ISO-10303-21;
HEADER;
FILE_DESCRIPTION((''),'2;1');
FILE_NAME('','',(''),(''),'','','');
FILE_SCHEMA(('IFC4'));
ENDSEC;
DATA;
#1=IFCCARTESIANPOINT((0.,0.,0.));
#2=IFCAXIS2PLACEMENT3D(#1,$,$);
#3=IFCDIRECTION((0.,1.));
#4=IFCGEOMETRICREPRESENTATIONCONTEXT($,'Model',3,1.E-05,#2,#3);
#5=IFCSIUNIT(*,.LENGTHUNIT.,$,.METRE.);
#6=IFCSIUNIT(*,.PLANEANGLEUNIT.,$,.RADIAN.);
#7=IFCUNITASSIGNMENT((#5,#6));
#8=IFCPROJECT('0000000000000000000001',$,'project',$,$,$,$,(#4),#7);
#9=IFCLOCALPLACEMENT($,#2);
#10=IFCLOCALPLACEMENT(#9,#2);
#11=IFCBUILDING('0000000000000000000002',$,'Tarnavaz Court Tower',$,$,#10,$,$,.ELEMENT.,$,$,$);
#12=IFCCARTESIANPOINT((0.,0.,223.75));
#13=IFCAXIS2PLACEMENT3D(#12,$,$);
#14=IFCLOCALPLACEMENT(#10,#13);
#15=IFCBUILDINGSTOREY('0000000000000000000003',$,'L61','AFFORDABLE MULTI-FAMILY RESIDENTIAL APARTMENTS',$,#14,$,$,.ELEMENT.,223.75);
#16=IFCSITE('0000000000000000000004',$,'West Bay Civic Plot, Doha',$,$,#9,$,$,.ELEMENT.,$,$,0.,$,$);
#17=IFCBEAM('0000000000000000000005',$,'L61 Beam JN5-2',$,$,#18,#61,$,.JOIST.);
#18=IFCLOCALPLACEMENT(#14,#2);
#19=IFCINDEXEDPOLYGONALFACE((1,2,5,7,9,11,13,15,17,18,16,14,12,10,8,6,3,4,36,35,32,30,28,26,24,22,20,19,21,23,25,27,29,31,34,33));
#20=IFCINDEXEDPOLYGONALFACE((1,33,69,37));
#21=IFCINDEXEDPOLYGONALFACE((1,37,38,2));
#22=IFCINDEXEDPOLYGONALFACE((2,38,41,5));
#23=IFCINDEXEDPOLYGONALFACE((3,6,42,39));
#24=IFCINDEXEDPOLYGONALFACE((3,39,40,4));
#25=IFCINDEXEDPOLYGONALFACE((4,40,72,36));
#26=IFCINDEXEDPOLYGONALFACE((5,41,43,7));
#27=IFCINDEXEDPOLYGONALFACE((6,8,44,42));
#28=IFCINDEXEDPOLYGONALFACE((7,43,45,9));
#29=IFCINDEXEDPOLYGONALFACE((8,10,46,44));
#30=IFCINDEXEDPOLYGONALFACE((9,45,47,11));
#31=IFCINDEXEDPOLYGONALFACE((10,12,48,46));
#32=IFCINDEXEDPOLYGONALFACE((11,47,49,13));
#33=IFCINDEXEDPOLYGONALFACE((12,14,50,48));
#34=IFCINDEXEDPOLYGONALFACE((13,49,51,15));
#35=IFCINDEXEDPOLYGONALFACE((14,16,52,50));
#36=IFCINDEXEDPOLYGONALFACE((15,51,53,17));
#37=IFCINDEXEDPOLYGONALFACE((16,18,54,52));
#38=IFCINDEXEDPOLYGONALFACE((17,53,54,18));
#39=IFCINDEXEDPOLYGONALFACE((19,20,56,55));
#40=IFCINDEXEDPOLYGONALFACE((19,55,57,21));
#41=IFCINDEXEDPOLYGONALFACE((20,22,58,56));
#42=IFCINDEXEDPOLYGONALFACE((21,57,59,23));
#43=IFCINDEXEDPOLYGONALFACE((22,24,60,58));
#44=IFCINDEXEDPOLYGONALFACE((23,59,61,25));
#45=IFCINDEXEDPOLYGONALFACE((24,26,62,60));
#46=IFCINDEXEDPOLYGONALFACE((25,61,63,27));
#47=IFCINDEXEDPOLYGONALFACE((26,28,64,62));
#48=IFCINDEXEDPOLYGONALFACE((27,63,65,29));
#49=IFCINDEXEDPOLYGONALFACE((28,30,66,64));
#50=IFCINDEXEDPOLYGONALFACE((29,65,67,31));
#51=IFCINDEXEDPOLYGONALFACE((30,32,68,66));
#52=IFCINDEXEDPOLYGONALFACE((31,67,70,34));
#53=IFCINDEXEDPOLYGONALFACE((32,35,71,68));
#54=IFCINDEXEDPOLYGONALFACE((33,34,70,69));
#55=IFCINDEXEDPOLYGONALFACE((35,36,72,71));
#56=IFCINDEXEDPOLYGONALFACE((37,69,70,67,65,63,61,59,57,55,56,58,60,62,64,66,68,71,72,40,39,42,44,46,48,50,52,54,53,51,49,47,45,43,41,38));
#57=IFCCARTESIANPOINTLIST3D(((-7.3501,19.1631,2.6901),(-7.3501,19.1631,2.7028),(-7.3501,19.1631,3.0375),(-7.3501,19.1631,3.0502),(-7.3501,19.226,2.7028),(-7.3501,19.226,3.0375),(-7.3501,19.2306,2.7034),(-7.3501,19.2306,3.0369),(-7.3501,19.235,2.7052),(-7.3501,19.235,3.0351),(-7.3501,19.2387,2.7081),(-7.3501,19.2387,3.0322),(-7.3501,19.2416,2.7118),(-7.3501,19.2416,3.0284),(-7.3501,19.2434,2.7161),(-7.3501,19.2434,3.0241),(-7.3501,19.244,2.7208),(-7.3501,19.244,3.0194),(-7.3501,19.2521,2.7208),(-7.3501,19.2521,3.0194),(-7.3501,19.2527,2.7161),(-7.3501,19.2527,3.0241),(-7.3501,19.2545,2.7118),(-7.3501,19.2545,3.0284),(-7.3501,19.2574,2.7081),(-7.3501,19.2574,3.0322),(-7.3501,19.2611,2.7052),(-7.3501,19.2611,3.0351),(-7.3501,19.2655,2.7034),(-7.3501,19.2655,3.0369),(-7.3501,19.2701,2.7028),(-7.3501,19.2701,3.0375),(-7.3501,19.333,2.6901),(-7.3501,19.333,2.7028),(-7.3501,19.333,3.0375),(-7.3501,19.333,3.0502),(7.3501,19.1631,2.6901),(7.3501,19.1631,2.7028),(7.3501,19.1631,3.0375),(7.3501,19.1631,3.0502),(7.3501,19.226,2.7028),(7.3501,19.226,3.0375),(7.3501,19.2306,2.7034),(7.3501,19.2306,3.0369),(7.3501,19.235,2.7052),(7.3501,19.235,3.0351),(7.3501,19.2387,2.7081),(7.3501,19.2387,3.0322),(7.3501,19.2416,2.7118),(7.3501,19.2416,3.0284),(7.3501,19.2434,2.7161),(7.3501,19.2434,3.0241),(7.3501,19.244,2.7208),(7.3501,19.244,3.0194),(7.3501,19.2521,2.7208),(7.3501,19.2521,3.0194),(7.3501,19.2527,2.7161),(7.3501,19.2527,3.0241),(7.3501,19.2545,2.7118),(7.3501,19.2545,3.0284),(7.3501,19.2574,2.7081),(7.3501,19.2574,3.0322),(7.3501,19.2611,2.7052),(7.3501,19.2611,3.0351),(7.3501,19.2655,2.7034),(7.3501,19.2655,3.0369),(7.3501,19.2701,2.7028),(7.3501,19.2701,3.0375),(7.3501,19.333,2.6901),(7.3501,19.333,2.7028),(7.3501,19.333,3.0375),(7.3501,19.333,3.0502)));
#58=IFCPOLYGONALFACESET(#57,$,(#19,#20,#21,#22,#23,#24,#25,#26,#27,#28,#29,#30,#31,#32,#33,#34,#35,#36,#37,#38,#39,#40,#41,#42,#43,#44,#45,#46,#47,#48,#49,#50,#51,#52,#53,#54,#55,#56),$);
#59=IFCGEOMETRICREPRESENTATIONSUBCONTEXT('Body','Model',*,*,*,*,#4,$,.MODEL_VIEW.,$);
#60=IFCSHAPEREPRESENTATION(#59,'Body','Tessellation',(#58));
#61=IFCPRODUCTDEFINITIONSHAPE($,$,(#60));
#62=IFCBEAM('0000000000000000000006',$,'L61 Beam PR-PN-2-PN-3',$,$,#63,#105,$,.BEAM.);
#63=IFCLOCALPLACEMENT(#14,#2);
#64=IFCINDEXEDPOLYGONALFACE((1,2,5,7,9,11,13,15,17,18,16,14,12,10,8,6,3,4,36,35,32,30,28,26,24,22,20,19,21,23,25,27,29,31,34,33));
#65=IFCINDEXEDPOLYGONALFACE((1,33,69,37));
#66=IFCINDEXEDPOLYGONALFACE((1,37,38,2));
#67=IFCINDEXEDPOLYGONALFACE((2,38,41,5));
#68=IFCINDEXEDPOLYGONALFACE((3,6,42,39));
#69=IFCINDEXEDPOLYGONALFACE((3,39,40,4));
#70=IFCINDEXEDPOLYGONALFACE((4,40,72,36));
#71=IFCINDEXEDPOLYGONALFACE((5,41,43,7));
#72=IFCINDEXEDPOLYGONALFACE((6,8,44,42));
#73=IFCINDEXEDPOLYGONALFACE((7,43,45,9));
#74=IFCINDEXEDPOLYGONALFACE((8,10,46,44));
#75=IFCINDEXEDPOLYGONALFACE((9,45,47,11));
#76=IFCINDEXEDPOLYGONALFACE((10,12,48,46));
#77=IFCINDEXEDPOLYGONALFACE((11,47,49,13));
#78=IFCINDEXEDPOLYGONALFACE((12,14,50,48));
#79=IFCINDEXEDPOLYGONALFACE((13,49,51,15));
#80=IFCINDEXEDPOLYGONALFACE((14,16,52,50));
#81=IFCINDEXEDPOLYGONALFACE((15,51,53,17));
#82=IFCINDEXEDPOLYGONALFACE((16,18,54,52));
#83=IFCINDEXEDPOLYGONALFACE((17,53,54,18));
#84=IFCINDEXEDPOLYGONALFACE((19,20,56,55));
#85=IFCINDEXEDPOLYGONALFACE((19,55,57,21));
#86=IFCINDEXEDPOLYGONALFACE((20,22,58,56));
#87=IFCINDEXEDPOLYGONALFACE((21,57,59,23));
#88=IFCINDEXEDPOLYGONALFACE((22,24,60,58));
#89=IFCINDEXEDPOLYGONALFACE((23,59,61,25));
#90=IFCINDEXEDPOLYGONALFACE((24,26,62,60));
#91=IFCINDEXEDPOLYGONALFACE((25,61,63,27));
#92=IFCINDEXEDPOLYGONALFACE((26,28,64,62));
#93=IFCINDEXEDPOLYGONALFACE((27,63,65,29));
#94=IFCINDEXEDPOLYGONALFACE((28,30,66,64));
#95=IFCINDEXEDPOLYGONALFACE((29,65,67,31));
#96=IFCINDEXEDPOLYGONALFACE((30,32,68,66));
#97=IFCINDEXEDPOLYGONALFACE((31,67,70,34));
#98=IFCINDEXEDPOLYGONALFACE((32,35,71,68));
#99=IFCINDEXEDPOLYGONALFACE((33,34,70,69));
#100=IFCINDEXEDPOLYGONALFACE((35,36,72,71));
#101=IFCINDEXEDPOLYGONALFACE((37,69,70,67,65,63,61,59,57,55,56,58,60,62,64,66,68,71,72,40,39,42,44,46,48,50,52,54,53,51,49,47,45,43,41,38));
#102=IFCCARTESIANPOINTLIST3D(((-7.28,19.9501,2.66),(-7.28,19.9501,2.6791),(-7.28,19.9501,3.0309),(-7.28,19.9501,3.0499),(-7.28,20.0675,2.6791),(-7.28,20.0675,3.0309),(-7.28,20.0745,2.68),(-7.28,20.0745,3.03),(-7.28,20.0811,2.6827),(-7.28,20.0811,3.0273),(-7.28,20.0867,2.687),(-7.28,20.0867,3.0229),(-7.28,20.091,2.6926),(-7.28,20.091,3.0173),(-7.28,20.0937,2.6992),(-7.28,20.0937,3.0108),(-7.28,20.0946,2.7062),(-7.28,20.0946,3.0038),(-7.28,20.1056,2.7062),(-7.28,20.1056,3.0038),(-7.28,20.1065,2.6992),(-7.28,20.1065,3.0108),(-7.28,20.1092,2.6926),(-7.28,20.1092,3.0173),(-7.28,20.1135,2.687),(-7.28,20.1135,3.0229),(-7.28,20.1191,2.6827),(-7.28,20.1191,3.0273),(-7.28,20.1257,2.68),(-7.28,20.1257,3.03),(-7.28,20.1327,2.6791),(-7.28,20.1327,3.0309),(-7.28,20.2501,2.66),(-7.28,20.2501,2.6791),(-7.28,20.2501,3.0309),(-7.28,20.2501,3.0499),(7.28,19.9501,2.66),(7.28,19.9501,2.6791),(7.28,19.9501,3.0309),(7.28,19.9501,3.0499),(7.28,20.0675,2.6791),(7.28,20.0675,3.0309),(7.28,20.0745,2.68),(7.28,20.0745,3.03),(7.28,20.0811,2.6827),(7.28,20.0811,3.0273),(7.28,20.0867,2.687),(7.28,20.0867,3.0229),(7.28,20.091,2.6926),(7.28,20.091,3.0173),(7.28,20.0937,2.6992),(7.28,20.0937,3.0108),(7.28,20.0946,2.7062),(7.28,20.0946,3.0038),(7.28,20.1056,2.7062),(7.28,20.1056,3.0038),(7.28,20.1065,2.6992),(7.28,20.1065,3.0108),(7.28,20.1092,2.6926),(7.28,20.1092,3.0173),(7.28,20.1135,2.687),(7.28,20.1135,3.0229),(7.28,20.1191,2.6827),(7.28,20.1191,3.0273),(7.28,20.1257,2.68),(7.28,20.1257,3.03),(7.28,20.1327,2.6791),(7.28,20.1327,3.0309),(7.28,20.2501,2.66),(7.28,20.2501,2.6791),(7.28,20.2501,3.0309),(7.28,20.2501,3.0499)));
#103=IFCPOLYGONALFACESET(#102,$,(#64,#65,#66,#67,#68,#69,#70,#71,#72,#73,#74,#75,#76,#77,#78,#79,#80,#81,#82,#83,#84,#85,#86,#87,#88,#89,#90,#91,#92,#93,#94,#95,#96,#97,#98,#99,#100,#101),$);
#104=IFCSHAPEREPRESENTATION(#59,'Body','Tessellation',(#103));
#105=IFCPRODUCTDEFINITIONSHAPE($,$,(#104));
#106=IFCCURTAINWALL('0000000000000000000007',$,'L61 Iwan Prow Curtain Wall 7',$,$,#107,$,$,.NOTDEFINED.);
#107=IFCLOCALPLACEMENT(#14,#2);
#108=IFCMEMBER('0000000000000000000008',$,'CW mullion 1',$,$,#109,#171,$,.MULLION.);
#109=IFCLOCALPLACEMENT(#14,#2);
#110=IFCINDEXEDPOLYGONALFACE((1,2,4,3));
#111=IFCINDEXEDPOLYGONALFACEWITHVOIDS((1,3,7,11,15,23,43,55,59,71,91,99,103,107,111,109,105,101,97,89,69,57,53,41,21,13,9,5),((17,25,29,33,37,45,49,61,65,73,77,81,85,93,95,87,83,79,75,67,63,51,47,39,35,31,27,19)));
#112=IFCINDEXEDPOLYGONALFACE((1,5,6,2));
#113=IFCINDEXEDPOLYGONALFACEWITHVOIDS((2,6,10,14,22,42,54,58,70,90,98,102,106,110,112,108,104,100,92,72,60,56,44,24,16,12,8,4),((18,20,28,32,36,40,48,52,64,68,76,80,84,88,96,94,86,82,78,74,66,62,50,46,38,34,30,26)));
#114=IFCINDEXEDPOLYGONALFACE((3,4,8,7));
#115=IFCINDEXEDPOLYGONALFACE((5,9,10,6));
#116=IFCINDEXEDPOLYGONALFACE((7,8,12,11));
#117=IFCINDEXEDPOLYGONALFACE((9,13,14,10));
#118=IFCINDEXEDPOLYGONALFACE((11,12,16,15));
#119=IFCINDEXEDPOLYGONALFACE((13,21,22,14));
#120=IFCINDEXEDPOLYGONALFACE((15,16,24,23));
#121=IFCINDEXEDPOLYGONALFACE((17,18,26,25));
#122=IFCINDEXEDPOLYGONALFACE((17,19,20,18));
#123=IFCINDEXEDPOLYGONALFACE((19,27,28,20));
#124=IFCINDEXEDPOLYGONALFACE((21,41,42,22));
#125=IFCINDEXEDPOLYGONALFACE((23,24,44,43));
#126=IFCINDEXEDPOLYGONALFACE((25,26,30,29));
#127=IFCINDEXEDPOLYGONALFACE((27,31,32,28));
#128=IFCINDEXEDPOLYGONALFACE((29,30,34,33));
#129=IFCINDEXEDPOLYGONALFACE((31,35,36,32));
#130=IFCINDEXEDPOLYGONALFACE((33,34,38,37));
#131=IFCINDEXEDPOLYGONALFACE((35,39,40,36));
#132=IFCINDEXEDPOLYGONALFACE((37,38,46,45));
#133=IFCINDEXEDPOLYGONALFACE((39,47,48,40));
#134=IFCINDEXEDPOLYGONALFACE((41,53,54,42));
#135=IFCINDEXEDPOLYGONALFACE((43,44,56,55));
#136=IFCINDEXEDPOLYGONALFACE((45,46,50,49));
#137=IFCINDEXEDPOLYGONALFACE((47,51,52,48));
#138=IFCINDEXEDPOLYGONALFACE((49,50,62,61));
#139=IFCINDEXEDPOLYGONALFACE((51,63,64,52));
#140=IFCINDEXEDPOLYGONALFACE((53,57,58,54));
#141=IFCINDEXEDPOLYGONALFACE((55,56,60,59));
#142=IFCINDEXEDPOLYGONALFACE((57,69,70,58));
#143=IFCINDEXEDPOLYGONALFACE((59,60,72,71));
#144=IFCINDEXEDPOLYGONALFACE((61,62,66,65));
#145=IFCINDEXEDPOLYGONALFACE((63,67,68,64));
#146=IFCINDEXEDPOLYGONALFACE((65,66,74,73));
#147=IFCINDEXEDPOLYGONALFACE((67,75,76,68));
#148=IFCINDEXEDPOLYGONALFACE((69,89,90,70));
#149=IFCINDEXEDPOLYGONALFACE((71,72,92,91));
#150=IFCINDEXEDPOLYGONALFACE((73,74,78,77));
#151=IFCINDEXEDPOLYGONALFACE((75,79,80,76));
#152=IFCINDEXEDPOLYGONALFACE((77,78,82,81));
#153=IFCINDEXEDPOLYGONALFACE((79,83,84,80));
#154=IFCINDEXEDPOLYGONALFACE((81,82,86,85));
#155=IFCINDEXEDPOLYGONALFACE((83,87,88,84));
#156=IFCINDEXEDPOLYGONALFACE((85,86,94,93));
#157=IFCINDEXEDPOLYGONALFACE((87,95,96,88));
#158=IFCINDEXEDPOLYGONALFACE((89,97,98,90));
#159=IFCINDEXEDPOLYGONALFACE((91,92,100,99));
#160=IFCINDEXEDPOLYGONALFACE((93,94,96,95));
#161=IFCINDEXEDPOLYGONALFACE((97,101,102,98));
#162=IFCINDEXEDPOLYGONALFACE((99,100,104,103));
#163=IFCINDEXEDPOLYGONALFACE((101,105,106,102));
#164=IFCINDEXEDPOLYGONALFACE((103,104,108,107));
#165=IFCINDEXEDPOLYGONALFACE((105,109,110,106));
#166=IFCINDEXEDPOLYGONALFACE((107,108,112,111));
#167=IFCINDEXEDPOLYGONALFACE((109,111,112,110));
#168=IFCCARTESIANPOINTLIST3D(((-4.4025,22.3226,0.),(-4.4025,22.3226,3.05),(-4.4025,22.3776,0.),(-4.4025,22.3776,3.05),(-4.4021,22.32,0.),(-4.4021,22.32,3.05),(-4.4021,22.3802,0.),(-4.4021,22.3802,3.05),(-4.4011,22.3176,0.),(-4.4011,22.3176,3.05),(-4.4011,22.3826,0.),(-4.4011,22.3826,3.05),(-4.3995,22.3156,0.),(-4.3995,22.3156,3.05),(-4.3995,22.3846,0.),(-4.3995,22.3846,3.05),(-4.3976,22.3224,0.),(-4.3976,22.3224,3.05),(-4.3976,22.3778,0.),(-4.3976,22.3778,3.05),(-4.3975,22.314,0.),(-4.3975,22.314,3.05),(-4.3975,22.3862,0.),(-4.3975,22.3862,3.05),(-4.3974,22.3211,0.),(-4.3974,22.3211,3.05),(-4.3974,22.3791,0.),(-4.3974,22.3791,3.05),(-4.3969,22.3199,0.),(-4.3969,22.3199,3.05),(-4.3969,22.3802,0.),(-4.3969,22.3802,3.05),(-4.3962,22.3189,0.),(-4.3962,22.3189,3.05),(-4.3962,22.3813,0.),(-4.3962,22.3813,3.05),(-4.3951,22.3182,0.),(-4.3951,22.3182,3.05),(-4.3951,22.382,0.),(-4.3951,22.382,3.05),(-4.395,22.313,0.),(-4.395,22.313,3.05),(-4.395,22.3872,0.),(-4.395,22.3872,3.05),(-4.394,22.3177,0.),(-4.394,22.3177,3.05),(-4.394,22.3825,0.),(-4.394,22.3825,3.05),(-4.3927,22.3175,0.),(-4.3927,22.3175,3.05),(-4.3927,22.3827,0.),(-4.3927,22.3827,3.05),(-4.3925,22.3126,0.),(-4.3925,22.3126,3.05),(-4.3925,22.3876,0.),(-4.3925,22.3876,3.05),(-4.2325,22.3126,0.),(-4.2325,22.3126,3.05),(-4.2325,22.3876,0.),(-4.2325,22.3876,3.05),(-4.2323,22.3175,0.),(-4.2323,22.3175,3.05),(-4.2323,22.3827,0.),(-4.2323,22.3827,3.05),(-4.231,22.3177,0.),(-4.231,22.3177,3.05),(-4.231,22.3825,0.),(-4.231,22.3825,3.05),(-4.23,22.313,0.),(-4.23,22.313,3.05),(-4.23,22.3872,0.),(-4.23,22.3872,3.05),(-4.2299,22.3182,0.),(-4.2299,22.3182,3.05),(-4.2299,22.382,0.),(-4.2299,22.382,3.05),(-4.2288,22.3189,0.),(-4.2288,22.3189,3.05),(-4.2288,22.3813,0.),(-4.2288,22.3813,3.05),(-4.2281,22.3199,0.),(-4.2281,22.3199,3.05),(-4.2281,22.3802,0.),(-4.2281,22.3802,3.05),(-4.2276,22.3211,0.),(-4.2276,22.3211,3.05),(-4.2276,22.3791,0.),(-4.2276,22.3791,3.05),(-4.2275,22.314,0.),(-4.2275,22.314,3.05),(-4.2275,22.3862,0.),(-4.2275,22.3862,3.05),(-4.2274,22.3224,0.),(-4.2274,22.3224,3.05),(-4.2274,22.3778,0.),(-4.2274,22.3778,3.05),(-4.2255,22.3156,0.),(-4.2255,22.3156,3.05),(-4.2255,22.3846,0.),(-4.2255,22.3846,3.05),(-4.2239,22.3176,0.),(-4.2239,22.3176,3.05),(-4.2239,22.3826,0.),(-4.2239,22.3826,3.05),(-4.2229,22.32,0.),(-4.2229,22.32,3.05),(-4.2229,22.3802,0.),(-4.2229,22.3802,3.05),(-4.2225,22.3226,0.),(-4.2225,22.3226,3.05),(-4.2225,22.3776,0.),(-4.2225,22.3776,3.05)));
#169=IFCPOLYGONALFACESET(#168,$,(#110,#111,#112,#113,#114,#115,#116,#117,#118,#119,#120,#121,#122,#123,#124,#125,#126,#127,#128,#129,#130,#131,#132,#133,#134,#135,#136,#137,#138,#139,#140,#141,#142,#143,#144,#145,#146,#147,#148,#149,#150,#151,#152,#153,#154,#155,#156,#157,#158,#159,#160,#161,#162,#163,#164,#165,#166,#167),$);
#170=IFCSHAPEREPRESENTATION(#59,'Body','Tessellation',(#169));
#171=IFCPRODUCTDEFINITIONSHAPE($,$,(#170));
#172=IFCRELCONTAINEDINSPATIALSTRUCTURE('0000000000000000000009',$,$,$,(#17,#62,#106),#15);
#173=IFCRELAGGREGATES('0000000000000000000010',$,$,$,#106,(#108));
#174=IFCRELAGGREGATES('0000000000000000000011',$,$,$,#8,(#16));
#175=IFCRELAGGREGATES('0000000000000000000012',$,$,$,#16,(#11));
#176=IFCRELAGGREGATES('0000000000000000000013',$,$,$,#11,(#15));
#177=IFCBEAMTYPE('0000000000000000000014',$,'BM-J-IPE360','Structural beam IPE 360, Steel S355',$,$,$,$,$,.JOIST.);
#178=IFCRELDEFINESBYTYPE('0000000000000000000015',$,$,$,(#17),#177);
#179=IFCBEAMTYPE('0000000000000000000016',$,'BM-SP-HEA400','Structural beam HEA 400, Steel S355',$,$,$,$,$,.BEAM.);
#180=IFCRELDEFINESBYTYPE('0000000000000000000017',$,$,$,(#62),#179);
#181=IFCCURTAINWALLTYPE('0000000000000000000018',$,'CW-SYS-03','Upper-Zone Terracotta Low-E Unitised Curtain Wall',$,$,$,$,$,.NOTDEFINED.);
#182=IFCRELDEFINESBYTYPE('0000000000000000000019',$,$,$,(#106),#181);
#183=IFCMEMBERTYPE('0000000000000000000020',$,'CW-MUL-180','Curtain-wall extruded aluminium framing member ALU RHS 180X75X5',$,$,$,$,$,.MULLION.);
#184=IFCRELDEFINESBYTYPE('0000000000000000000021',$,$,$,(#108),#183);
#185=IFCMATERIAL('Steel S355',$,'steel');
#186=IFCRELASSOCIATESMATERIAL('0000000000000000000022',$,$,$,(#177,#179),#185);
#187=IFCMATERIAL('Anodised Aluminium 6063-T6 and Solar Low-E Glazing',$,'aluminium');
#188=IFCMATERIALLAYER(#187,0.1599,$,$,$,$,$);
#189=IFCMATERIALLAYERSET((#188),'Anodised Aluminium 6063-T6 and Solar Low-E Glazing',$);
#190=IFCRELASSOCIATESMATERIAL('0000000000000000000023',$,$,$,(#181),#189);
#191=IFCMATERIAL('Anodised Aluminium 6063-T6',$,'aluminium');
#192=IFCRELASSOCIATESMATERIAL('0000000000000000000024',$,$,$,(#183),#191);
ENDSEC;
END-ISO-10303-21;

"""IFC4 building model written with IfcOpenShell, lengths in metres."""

from ifc_helpers import new_model, si_unit, direction, frame, origin, origin_2d, place, context, subcontext, project, spatial, hollow_rectangle, i_section, extrude, material, layer, layer_set, material_profile, profile_set, type_object, element, aggregate, save


model = new_model("IFC4")

# Units and contexts
model_context = context("Model", 3, precision=1e-05, world=origin(), true_north=direction((0.0, 1.0)))
body_context = subcontext(model_context, "Body", "Model", "MODEL_VIEW")
ifc_project = project(units=[si_unit("LENGTHUNIT", "METRE"), si_unit("PLANEANGLEUNIT", "RADIAN")], contexts=[model_context])

# Site, building, storey
site_placement = place(None, origin())
site = spatial("IfcSite", under=ifc_project, at=site_placement, Name="West Bay Civic Plot, Doha", CompositionType="ELEMENT", RefElevation=0.0)
building_placement = place(site_placement, origin())
building = spatial("IfcBuilding", under=site, at=building_placement, Name="Tarnavaz Court Tower", CompositionType="ELEMENT")
storey_placement = place(building_placement, frame((0.0, 0.0, 223.75)))
storey = spatial("IfcBuildingStorey", under=building, at=storey_placement, Name="L61", Description="AFFORDABLE MULTI-FAMILY RESIDENTIAL APARTMENTS", CompositionType="ELEMENT", Elevation=223.75)

# Beams
ifc_material_1 = material(Name="Steel S355", Category="steel")
ifc_material_profile_1 = material_profile(ifc_material_1, i_section(OverallWidth=0.1699, OverallDepth=0.3601, WebThickness=0.0081, FlangeThickness=0.0127, FilletRadius=0.0181, at=origin_2d()), Name="IPE 360")
ifc_profile_set_1 = profile_set([ifc_material_profile_1], Name="Steel S355")
beam_type_1 = type_object("IfcBeamType", Name="BM-J-IPE360", Description="Structural beam IPE 360, Steel S355", PredefinedType="JOIST", material=ifc_profile_set_1)
for number, where, z_axis, x_axis, name in (
    (1, (-7.3501, 19.248, 2.8701), (1.0, 0.0, 0.0), (0.0, 1.0, 0.0), "L61 Beam JN5-2"),
):
    element("IfcBeam", number, at=place(storey_placement, frame(where, z_axis=z_axis, x_axis=x_axis)), inside=storey, type_object=beam_type_1, Name=name, PredefinedType="JOIST", context=body_context, shape_type="SweptSolid", body=[
        extrude(i_section(OverallWidth=0.1699, OverallDepth=0.3601, WebThickness=0.0081, FlangeThickness=0.0127, FilletRadius=0.0181, at=origin_2d()), origin(), (0.0, 0.0, 1.0), 14.7002),
    ])
ifc_material_profile_2 = material_profile(ifc_material_1, i_section(OverallWidth=0.3, OverallDepth=0.3899, WebThickness=0.011, FlangeThickness=0.019, FilletRadius=0.0271, at=origin_2d()), Name="HEA 400")
ifc_profile_set_2 = profile_set([ifc_material_profile_2], Name="Steel S355")
beam_type_2 = type_object("IfcBeamType", Name="BM-SP-HEA400", Description="Structural beam HEA 400, Steel S355", PredefinedType="BEAM", material=ifc_profile_set_2)
beam_placement = place(storey_placement, frame((-7.28, 20.1001, 2.855), z_axis=(1.0, 0.0, 0.0), x_axis=(0.0, 1.0, 0.0)))
element("IfcBeam", 2, at=beam_placement, inside=storey, type_object=beam_type_2, Name="L61 Beam PR-PN-2-PN-3", PredefinedType="BEAM", context=body_context, shape_type="SweptSolid", body=[
    extrude(i_section(OverallWidth=0.3, OverallDepth=0.3899, WebThickness=0.011, FlangeThickness=0.019, FilletRadius=0.0271, at=origin_2d()), origin(), (0.0, 0.0, 1.0), 14.5601),
])

# Curtain wall, member
ifc_material_2 = material(Name="Anodised Aluminium 6063-T6 and Solar Low-E Glazing", Category="aluminium")
ifc_layer_1 = layer(ifc_material_2, 0.1599)
ifc_layer_set_1 = layer_set([ifc_layer_1], Name="Anodised Aluminium 6063-T6 and Solar Low-E Glazing")
curtain_wall_type = type_object("IfcCurtainWallType", Name="CW-SYS-03", Description="Upper-Zone Terracotta Low-E Unitised Curtain Wall", PredefinedType="NOTDEFINED", material=ifc_layer_set_1)
curtain_wall_placement = place(storey_placement, origin())
curtain_wall = element("IfcCurtainWall", 3, at=curtain_wall_placement, inside=storey, type_object=curtain_wall_type, Name="L61 Iwan Prow Curtain Wall 7", PredefinedType="NOTDEFINED")
ifc_material_3 = material(Name="Anodised Aluminium 6063-T6", Category="aluminium")
ifc_material_profile_3 = material_profile(ifc_material_3, hollow_rectangle(XDim=0.075, YDim=0.1799, WallThickness=0.0049, InnerFilletRadius=0.0049, OuterFilletRadius=0.01, at=origin_2d()), Name="ALU RHS 180X75X5")
ifc_profile_set_3 = profile_set([ifc_material_profile_3], Name="Anodised Aluminium 6063-T6")
member_type_1 = type_object("IfcMemberType", Name="CW-MUL-180", Description="Curtain-wall extruded aluminium framing member ALU RHS 180X75X5", PredefinedType="MULLION", material=ifc_profile_set_3)
member_1_placement = place(storey_placement, frame((-4.3125, 22.3501, 0.0), z_axis=(0.0, 0.0, 1.0), x_axis=(0.0, 1.0, 0.0)))
member_1 = element("IfcMember", 4, at=member_1_placement, type_object=member_type_1, Name="CW mullion 1", PredefinedType="MULLION", context=body_context, shape_type="SweptSolid", body=[
    extrude(hollow_rectangle(XDim=0.075, YDim=0.1799, WallThickness=0.0049, InnerFilletRadius=0.0049, OuterFilletRadius=0.01, at=origin_2d()), origin(), (0.0, 0.0, 1.0), 3.05),
])
aggregate(curtain_wall, [member_1])

save(model, "model.ifc")
